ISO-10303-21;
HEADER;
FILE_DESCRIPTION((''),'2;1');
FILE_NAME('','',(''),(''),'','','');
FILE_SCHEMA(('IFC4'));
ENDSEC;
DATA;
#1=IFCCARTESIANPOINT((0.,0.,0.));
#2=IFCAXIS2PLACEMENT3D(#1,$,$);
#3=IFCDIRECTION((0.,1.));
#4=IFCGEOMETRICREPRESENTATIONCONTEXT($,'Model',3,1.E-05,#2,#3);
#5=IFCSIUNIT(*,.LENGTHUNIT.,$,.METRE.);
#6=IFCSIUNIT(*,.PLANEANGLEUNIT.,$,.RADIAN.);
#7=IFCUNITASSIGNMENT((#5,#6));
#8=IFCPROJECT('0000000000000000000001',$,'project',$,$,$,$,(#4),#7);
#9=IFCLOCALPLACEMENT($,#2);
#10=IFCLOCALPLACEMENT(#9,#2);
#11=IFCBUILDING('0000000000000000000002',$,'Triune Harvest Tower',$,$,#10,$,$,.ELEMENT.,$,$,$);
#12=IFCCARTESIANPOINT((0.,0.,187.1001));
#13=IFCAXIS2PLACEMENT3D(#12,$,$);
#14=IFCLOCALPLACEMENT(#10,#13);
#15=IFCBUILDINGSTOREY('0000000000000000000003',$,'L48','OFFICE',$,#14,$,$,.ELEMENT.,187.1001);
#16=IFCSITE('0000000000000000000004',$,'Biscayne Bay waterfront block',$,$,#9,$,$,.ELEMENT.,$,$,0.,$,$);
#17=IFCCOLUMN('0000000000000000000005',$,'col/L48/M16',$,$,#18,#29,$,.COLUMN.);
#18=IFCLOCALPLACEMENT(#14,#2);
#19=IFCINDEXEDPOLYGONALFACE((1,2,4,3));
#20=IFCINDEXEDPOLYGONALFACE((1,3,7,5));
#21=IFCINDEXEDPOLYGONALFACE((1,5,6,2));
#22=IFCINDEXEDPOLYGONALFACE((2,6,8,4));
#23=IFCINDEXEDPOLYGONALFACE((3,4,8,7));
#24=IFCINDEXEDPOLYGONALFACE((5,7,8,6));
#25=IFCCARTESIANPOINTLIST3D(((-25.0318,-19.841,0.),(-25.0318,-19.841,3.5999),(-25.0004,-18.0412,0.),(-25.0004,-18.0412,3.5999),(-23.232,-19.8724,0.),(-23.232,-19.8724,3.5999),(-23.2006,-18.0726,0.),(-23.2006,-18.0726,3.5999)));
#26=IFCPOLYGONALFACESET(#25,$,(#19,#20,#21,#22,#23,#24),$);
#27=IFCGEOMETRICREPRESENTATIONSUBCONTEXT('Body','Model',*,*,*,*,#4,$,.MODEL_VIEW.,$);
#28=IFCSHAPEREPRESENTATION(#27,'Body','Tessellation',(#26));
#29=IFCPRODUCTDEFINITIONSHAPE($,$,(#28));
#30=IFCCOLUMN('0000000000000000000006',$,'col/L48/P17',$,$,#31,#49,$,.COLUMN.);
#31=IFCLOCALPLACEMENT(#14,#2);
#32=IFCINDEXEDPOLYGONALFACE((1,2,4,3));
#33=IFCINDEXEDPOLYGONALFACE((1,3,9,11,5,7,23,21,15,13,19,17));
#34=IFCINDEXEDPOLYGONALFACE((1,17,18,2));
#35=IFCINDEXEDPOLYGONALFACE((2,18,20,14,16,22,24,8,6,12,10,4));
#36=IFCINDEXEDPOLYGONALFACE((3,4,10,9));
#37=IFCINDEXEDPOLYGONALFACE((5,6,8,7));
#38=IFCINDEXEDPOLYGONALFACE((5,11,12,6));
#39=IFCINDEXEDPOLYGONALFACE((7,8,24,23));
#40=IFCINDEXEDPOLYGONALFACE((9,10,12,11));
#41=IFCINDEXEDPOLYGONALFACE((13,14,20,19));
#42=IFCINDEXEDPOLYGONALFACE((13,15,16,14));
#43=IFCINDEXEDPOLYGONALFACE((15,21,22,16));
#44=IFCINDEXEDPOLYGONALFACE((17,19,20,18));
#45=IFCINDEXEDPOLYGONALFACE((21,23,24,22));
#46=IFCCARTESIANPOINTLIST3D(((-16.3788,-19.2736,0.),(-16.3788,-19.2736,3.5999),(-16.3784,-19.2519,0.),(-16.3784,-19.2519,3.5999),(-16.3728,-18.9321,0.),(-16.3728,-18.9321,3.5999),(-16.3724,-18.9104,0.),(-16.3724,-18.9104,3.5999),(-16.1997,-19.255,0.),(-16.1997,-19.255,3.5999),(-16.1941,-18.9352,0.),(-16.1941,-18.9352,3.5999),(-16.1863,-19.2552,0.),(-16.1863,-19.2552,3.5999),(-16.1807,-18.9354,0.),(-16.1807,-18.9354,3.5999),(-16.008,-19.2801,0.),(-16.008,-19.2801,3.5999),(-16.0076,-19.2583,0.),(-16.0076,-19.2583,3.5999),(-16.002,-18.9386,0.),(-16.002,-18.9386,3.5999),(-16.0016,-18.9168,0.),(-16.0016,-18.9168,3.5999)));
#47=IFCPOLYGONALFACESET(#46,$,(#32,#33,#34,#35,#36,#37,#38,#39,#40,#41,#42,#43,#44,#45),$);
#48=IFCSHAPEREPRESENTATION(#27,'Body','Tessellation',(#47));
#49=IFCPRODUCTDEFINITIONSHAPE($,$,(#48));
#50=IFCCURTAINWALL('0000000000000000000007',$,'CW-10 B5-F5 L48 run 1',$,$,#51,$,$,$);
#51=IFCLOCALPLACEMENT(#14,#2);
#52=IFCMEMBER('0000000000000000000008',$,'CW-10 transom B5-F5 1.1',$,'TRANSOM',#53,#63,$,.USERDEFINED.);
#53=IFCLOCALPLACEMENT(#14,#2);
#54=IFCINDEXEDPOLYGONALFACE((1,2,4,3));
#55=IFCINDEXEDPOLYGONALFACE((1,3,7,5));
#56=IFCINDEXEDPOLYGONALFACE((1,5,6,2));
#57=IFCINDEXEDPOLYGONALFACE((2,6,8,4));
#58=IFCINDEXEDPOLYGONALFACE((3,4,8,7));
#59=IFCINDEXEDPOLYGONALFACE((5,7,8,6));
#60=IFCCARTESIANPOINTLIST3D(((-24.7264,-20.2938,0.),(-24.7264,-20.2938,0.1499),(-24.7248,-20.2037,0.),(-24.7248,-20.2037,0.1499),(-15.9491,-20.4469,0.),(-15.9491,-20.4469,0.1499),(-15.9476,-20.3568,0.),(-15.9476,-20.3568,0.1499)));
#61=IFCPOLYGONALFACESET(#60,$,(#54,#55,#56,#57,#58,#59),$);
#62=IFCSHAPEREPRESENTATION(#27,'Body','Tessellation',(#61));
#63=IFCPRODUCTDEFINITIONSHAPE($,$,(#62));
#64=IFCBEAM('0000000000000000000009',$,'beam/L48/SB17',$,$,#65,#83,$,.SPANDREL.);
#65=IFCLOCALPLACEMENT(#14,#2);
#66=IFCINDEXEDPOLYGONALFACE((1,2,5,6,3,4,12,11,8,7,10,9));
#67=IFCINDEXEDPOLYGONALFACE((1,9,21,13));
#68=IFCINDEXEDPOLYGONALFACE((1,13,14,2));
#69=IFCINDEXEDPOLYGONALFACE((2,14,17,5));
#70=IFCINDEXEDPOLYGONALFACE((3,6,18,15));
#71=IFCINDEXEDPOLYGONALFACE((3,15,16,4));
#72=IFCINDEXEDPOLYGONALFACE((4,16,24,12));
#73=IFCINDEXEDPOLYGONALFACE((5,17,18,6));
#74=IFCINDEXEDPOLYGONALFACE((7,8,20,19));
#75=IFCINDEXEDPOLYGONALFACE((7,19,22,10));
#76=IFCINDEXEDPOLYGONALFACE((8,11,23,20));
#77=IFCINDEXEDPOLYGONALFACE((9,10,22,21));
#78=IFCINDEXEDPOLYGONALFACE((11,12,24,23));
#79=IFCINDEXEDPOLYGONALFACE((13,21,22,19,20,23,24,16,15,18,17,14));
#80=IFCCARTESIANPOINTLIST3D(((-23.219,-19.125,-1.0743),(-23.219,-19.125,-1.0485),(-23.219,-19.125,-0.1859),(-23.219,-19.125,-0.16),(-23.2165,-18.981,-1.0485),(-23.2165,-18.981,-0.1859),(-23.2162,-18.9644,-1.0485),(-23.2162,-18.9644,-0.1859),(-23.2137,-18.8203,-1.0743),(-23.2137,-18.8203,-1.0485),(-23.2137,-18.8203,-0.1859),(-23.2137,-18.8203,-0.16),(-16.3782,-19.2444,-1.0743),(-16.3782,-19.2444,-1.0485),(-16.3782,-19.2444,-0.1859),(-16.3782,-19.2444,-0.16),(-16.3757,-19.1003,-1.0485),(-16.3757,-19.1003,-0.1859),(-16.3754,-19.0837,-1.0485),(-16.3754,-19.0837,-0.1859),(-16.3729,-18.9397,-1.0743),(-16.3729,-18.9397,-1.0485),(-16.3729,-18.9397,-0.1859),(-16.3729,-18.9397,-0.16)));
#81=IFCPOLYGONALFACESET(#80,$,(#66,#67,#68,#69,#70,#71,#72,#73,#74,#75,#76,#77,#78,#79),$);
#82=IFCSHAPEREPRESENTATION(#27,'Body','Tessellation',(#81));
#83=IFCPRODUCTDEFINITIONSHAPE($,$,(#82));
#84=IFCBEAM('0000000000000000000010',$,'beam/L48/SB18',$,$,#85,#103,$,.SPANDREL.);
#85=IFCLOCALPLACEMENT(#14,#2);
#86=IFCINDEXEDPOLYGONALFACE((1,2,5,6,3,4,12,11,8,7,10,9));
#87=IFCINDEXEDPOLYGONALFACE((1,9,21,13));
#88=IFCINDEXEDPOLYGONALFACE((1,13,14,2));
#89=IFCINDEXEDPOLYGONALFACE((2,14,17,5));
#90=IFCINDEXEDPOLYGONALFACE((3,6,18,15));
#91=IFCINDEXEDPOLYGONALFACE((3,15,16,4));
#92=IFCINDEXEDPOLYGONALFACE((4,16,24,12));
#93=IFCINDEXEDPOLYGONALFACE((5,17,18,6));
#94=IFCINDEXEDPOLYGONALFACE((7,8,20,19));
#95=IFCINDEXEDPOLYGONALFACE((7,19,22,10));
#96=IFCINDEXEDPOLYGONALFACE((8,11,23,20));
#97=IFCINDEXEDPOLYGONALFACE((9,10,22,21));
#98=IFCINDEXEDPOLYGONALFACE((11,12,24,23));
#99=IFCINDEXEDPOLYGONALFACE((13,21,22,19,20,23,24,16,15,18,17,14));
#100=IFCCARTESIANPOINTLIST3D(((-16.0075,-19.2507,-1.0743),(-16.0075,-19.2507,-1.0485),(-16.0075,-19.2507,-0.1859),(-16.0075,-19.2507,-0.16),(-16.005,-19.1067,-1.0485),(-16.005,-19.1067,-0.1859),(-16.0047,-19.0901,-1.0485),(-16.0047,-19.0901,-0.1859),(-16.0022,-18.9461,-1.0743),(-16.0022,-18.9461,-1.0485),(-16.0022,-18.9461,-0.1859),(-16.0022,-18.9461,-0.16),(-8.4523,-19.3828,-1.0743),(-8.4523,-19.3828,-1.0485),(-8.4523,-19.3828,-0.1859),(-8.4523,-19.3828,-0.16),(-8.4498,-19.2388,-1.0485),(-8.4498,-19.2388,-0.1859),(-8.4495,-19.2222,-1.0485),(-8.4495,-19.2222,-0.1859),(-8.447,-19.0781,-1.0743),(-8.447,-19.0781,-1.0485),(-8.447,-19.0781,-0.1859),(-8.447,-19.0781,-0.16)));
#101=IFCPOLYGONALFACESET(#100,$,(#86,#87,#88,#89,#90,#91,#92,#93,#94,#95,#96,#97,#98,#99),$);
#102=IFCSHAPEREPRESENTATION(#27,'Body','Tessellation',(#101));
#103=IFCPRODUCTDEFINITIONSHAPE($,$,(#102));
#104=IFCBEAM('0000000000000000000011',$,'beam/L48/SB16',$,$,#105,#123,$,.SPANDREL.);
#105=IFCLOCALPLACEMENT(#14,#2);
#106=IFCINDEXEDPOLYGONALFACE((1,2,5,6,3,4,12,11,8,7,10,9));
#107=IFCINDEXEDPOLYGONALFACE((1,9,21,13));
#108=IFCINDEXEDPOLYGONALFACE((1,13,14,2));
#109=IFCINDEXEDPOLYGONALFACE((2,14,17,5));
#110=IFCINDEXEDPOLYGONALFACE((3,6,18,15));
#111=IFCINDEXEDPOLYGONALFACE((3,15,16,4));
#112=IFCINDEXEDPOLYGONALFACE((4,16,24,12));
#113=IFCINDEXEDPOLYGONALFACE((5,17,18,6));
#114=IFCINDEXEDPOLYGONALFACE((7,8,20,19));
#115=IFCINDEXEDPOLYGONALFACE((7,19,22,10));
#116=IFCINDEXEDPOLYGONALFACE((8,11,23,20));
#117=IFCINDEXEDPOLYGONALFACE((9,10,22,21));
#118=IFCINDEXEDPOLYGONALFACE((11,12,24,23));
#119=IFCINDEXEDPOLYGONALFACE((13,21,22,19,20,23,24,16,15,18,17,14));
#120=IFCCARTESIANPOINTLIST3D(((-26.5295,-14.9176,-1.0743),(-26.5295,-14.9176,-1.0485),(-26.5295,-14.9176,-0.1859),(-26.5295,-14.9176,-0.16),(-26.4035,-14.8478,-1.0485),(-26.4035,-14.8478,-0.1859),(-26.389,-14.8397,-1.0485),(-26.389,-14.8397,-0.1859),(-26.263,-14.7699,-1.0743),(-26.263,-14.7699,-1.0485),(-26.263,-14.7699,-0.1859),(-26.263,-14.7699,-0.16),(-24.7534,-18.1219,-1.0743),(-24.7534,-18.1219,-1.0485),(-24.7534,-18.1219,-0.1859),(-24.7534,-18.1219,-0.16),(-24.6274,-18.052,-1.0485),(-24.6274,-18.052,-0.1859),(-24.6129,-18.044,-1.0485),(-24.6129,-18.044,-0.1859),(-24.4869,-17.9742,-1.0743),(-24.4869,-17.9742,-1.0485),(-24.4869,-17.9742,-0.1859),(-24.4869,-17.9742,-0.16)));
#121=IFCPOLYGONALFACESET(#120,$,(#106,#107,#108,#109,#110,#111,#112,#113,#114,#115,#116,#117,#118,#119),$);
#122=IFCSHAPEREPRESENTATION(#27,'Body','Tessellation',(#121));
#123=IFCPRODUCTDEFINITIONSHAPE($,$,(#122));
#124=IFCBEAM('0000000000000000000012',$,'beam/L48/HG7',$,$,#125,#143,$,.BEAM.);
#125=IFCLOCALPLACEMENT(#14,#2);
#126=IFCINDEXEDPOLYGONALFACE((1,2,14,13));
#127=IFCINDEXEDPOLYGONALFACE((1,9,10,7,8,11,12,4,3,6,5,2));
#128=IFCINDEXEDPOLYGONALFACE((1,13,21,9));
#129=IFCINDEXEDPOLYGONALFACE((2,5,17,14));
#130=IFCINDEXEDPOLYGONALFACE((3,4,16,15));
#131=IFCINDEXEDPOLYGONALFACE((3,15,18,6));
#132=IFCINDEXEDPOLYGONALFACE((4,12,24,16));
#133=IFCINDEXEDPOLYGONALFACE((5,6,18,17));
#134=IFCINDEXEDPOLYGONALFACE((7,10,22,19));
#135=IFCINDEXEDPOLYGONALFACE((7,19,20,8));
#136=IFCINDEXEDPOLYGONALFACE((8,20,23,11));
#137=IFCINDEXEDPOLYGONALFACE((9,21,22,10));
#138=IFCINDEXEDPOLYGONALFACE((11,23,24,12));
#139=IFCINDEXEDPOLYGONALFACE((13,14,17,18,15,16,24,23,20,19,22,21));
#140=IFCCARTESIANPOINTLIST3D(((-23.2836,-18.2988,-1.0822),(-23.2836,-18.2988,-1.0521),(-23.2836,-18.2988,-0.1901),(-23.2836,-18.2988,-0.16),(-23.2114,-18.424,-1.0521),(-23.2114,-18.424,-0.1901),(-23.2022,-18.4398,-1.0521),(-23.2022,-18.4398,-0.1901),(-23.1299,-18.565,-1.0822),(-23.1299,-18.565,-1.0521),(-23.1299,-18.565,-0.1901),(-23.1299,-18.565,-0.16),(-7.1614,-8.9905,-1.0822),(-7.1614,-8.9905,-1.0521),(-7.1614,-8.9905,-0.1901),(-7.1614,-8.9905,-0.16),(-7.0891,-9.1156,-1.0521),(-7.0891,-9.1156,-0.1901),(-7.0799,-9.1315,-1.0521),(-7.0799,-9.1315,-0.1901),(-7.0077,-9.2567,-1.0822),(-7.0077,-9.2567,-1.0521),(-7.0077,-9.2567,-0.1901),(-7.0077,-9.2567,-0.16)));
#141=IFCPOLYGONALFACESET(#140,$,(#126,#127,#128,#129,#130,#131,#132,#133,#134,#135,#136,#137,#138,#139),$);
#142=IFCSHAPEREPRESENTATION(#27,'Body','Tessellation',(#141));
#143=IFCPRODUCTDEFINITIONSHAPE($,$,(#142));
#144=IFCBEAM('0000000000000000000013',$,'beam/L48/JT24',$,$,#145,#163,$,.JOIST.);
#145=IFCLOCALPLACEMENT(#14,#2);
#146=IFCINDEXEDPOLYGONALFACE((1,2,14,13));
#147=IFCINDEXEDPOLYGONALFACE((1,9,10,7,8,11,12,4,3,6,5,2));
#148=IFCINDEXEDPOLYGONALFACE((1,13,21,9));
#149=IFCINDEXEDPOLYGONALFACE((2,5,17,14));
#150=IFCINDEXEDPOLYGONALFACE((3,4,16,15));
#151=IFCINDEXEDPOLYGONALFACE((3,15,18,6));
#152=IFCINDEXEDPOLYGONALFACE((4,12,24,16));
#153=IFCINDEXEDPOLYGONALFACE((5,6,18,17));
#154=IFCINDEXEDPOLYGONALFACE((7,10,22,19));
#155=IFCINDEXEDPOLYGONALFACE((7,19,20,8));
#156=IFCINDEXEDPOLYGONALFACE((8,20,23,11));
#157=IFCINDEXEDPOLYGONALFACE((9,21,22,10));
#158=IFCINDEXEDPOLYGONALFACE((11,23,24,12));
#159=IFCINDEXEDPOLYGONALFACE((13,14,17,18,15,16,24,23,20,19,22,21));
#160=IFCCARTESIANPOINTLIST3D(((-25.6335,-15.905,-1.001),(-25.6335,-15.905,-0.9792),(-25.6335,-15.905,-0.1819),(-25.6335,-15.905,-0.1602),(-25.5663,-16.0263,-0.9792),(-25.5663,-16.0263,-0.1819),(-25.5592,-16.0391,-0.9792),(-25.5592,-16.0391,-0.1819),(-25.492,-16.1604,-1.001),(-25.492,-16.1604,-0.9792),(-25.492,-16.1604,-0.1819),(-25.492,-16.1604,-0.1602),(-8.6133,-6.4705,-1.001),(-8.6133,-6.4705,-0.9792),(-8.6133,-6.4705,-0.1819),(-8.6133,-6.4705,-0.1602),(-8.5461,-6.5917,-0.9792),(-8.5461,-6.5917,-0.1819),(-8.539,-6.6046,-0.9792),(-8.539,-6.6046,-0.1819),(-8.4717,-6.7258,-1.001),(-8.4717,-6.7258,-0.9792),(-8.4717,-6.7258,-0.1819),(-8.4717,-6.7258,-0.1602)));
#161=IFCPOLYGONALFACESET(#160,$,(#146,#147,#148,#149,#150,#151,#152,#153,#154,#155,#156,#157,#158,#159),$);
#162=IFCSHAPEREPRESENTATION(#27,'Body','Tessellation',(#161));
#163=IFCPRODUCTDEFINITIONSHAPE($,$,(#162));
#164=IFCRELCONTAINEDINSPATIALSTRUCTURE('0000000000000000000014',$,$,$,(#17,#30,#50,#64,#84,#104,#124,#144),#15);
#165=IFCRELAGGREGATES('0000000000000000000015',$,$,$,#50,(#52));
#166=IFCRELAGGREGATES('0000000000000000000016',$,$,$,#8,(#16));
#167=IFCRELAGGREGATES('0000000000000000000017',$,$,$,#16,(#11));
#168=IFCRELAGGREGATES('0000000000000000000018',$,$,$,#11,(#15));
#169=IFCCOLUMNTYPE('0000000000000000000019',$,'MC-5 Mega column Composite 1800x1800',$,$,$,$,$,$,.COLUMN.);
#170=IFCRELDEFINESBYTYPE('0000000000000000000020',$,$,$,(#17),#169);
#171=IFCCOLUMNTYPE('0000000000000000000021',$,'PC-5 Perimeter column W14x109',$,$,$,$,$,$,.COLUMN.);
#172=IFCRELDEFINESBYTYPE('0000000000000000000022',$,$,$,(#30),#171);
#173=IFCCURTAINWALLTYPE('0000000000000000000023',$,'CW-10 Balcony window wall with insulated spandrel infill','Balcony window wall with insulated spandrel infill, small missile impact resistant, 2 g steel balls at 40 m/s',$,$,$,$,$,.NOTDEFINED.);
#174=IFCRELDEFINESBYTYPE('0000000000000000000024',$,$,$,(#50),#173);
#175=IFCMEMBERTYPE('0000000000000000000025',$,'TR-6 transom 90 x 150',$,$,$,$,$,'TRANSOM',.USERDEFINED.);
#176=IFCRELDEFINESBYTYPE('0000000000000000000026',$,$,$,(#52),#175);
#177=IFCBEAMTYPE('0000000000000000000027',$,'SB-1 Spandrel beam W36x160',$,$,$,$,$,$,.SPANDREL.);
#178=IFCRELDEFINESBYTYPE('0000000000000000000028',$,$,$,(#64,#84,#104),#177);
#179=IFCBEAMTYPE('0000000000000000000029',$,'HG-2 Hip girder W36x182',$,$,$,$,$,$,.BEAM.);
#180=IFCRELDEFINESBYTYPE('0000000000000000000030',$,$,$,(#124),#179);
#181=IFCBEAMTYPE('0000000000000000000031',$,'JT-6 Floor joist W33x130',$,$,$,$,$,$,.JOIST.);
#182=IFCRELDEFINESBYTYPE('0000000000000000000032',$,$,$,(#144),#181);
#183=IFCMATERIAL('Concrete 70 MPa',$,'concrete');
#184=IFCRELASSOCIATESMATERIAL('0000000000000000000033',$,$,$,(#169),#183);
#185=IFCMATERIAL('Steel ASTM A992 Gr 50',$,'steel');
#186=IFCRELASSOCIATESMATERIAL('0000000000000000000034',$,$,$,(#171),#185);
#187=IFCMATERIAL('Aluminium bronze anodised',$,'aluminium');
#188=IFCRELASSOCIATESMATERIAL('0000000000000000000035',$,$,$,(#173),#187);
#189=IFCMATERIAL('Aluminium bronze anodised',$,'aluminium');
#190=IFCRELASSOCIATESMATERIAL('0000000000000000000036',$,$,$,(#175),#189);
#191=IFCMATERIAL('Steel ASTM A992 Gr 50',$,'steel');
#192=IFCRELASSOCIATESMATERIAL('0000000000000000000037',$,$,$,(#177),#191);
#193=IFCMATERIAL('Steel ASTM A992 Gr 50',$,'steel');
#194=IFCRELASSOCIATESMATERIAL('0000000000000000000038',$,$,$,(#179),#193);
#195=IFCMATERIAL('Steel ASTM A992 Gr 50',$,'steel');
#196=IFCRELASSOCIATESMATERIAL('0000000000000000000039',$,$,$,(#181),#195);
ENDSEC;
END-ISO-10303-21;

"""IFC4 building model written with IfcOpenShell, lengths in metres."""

from ifc_helpers import new_model, si_unit, direction, frame, origin, origin_2d, place, context, subcontext, project, spatial, rectangle, i_section, extrude, source, transform, mapped, material, material_profile, profile_set, type_object, element, aggregate, save


model = new_model("IFC4")

# Units and contexts
model_context = context("Model", 3, precision=1e-05, world=origin(), true_north=direction((0.0, 1.0)))
body_context = subcontext(model_context, "Body", "Model", "MODEL_VIEW")
ifc_project = project(units=[si_unit("LENGTHUNIT", "METRE"), si_unit("PLANEANGLEUNIT", "RADIAN")], contexts=[model_context])

# Site, building, storey
site_placement = place(None, origin())
site = spatial("IfcSite", under=ifc_project, at=site_placement, Name="Biscayne Bay waterfront block", CompositionType="ELEMENT", RefElevation=0.0)
building_placement = place(site_placement, origin())
building = spatial("IfcBuilding", under=site, at=building_placement, Name="Triune Harvest Tower", CompositionType="ELEMENT")
storey_placement = place(building_placement, frame((0.0, 0.0, 187.1001)))
storey = spatial("IfcBuildingStorey", under=building, at=storey_placement, Name="L48", Description="OFFICE", CompositionType="ELEMENT", Elevation=187.1001)

# Columns
ifc_material_1 = material(Name="Concrete 70 MPa", Category="concrete")
ifc_material_profile_1 = material_profile(ifc_material_1, rectangle(XDim=1.8, YDim=1.8, at=origin_2d()), Name="Composite 1800x1800")
ifc_profile_set_1 = profile_set([ifc_material_profile_1], Name="Concrete 70 MPa")
column_type_1 = type_object("IfcColumnType", Name="MC-5 Mega column Composite 1800x1800", PredefinedType="COLUMN", material=ifc_profile_set_1)
shared_shape_1 = source(origin(), body_context, "Body", "SweptSolid", [
    extrude(rectangle(XDim=1.8, YDim=1.8, at=origin_2d()), origin(), (0.0, 0.0, 1.0), 3.5999),
])
column_1_placement = place(storey_placement, frame((-24.1162, -18.9568, 0.0), z_axis=(0.0, 0.0, 1.0), x_axis=(0.999848, -0.017452, 0.0)))
element("IfcColumn", 1, at=column_1_placement, inside=storey, type_object=column_type_1, Name="col/L48/M16", PredefinedType="COLUMN", context=body_context, shape_type="MappedRepresentation", body=[
    mapped(shared_shape_1, transform((0.0, 0.0, 0.0), scale=1.0)),
])
ifc_material_2 = material(Name="Steel ASTM A992 Gr 50", Category="steel")
ifc_material_profile_2 = material_profile(ifc_material_2, i_section(OverallWidth=0.3708, OverallDepth=0.3633, WebThickness=0.0134, FlangeThickness=0.0217, at=origin_2d()), Name="W14x109")
ifc_profile_set_2 = profile_set([ifc_material_profile_2], Name="Steel ASTM A992 Gr 50")
column_type_2 = type_object("IfcColumnType", Name="PC-5 Perimeter column W14x109", PredefinedType="COLUMN", material=ifc_profile_set_2)
shared_shape_2 = source(origin(), body_context, "Body", "SweptSolid", [
    extrude(i_section(OverallWidth=0.3708, OverallDepth=0.3633, WebThickness=0.0134, FlangeThickness=0.0217, at=origin_2d()), origin(), (0.0, 0.0, 1.0), 3.5999),
])
column_2_placement = place(storey_placement, frame((-16.1902, -19.0952, 0.0), z_axis=(0.0, 0.0, 1.0), x_axis=(0.999848, -0.017452, 0.0)))
element("IfcColumn", 2, at=column_2_placement, inside=storey, type_object=column_type_2, Name="col/L48/P17", PredefinedType="COLUMN", context=body_context, shape_type="MappedRepresentation", body=[
    mapped(shared_shape_2, transform((0.0, 0.0, 0.0), scale=1.0)),
])

# Curtain wall, member
ifc_material_3 = material(Name="Aluminium bronze anodised", Category="aluminium")
curtain_wall_type_1 = type_object("IfcCurtainWallType", Name="CW-10 Balcony window wall with insulated spandrel infill", Description="Balcony window wall with insulated spandrel infill, small missile impact resistant, 2 g steel balls at 40 m/s", PredefinedType="NOTDEFINED", material=ifc_material_3)
curtain_wall_1_placement = place(storey_placement, origin())
curtain_wall_1 = element("IfcCurtainWall", 3, at=curtain_wall_1_placement, inside=storey, type_object=curtain_wall_type_1, Name="CW-10 B5-F5 L48 run 1")
ifc_material_4 = material(Name="Aluminium bronze anodised", Category="aluminium")
ifc_material_profile_3 = material_profile(ifc_material_4, rectangle(XDim=0.0901, YDim=0.1499, at=origin_2d()), Name="TR-6 transom 90 x 150")
ifc_profile_set_3 = profile_set([ifc_material_profile_3], Name="Aluminium bronze anodised")
member_type_1 = type_object("IfcMemberType", Name="TR-6 transom 90 x 150", ElementType="TRANSOM", PredefinedType="USERDEFINED", material=ifc_profile_set_3)
member_1_placement = place(storey_placement, frame((-24.7256, -20.2488, 0.075), z_axis=(0.999848, -0.017437, 0.0), x_axis=(0.017437, 0.999848, 0.0)))
member_1 = element("IfcMember", 4, at=member_1_placement, type_object=member_type_1, Name="CW-10 transom B5-F5 1.1", ObjectType="TRANSOM", PredefinedType="USERDEFINED", context=body_context, shape_type="SweptSolid", body=[
    extrude(rectangle(XDim=0.0901, YDim=0.1499, at=origin_2d()), origin(), (0.0, 0.0, 1.0), 8.7786),
])

# Beams
ifc_material_5 = material(Name="Steel ASTM A992 Gr 50", Category="steel")
ifc_material_profile_4 = material_profile(ifc_material_5, i_section(OverallWidth=0.3047, OverallDepth=0.9143, WebThickness=0.0166, FlangeThickness=0.0259, at=origin_2d()), Name="W36x160")
ifc_profile_set_4 = profile_set([ifc_material_profile_4], Name="Steel ASTM A992 Gr 50")
beam_type_1 = type_object("IfcBeamType", Name="SB-1 Spandrel beam W36x160", PredefinedType="SPANDREL", material=ifc_profile_set_4)
shared_shape_3 = source(origin(), body_context, "Body", "SweptSolid", [
    extrude(i_section(OverallWidth=0.3047, OverallDepth=0.9143, WebThickness=0.0166, FlangeThickness=0.0259, at=origin_2d()), origin(), (0.0, 0.0, 1.0), 6.8418),
])
beam_1_placement = place(storey_placement, frame((-23.2163, -18.9727, -0.6172), z_axis=(0.999848, -0.017449, 0.0), x_axis=(0.017449, 0.999848, 0.0)))
element("IfcBeam", 5, at=beam_1_placement, inside=storey, type_object=beam_type_1, Name="beam/L48/SB17", PredefinedType="SPANDREL", context=body_context, shape_type="MappedRepresentation", body=[
    mapped(shared_shape_3, transform((0.0, 0.0, 0.0), scale=1.0)),
])
shared_shape_4 = source(origin(), body_context, "Body", "SweptSolid", [
    extrude(i_section(OverallWidth=0.3047, OverallDepth=0.9143, WebThickness=0.0166, FlangeThickness=0.0259, at=origin_2d()), origin(), (0.0, 0.0, 1.0), 7.5564),
])
beam_2_placement = place(storey_placement, frame((-16.0049, -19.0984, -0.6172), z_axis=(0.999847, -0.017479, 0.0), x_axis=(0.017479, 0.999847, 0.0)))
element("IfcBeam", 6, at=beam_2_placement, inside=storey, type_object=beam_type_1, Name="beam/L48/SB18", PredefinedType="SPANDREL", context=body_context, shape_type="MappedRepresentation", body=[
    mapped(shared_shape_4, transform((0.0, 0.0, 0.0), scale=1.0)),
])
shared_shape_5 = source(origin(), body_context, "Body", "SweptSolid", [
    extrude(i_section(OverallWidth=0.3047, OverallDepth=0.9143, WebThickness=0.0166, FlangeThickness=0.0259, at=origin_2d()), origin(), (0.0, 0.0, 1.0), 3.6636),
])
beam_3_placement = place(storey_placement, frame((-26.3962, -14.8438, -0.6172), z_axis=(0.484794, -0.874628, 0.0), x_axis=(0.874628, 0.484794, 0.0)))
element("IfcBeam", 7, at=beam_3_placement, inside=storey, type_object=beam_type_1, Name="beam/L48/SB16", PredefinedType="SPANDREL", context=body_context, shape_type="MappedRepresentation", body=[
    mapped(shared_shape_5, transform((0.0, 0.0, 0.0), scale=1.0)),
])
ifc_material_6 = material(Name="Steel ASTM A992 Gr 50", Category="steel")
ifc_material_profile_5 = material_profile(ifc_material_6, i_section(OverallWidth=0.3074, OverallDepth=0.9221, WebThickness=0.0183, FlangeThickness=0.03, at=origin_2d()), Name="W36x182")
ifc_profile_set_5 = profile_set([ifc_material_profile_5], Name="Steel ASTM A992 Gr 50")
beam_type_2 = type_object("IfcBeamType", Name="HG-2 Hip girder W36x182", PredefinedType="BEAM", material=ifc_profile_set_5)
shared_shape_6 = source(origin(), body_context, "Body", "SweptSolid", [
    extrude(i_section(OverallWidth=0.3074, OverallDepth=0.9221, WebThickness=0.0183, FlangeThickness=0.03, at=origin_2d()), origin(), (0.0, 0.0, 1.0), 18.6165),
])
beam_4_placement = place(storey_placement, frame((-23.2068, -18.4319, -0.6211), z_axis=(0.866022, 0.500005, 0.0), x_axis=(-0.500005, 0.866022, 0.0)))
element("IfcBeam", 8, at=beam_4_placement, inside=storey, type_object=beam_type_2, Name="beam/L48/HG7", PredefinedType="BEAM", context=body_context, shape_type="MappedRepresentation", body=[
    mapped(shared_shape_6, transform((0.0, 0.0, 0.0), scale=1.0)),
])
ifc_material_7 = material(Name="Steel ASTM A992 Gr 50", Category="steel")
ifc_material_profile_6 = material_profile(ifc_material_7, i_section(OverallWidth=0.292, OverallDepth=0.8408, WebThickness=0.0146, FlangeThickness=0.0217, at=origin_2d()), Name="W33x130")
ifc_profile_set_6 = profile_set([ifc_material_profile_6], Name="Steel ASTM A992 Gr 50")
beam_type_3 = type_object("IfcBeamType", Name="JT-6 Floor joist W33x130", PredefinedType="JOIST", material=ifc_profile_set_6)
shared_shape_7 = source(origin(), body_context, "Body", "SweptSolid", [
    extrude(i_section(OverallWidth=0.292, OverallDepth=0.8408, WebThickness=0.0146, FlangeThickness=0.0217, at=origin_2d()), origin(), (0.0, 0.0, 1.0), 19.4602),
])
beam_5_placement = place(storey_placement, frame((-25.5627, -16.0327, -0.5806), z_axis=(0.874618, 0.484813, 0.0), x_axis=(-0.484813, 0.874618, 0.0)))
element("IfcBeam", 9, at=beam_5_placement, inside=storey, type_object=beam_type_3, Name="beam/L48/JT24", PredefinedType="JOIST", context=body_context, shape_type="MappedRepresentation", body=[
    mapped(shared_shape_7, transform((0.0, 0.0, 0.0), scale=1.0)),
])

aggregate(curtain_wall_1, [member_1])

save(model, "model.ifc")
